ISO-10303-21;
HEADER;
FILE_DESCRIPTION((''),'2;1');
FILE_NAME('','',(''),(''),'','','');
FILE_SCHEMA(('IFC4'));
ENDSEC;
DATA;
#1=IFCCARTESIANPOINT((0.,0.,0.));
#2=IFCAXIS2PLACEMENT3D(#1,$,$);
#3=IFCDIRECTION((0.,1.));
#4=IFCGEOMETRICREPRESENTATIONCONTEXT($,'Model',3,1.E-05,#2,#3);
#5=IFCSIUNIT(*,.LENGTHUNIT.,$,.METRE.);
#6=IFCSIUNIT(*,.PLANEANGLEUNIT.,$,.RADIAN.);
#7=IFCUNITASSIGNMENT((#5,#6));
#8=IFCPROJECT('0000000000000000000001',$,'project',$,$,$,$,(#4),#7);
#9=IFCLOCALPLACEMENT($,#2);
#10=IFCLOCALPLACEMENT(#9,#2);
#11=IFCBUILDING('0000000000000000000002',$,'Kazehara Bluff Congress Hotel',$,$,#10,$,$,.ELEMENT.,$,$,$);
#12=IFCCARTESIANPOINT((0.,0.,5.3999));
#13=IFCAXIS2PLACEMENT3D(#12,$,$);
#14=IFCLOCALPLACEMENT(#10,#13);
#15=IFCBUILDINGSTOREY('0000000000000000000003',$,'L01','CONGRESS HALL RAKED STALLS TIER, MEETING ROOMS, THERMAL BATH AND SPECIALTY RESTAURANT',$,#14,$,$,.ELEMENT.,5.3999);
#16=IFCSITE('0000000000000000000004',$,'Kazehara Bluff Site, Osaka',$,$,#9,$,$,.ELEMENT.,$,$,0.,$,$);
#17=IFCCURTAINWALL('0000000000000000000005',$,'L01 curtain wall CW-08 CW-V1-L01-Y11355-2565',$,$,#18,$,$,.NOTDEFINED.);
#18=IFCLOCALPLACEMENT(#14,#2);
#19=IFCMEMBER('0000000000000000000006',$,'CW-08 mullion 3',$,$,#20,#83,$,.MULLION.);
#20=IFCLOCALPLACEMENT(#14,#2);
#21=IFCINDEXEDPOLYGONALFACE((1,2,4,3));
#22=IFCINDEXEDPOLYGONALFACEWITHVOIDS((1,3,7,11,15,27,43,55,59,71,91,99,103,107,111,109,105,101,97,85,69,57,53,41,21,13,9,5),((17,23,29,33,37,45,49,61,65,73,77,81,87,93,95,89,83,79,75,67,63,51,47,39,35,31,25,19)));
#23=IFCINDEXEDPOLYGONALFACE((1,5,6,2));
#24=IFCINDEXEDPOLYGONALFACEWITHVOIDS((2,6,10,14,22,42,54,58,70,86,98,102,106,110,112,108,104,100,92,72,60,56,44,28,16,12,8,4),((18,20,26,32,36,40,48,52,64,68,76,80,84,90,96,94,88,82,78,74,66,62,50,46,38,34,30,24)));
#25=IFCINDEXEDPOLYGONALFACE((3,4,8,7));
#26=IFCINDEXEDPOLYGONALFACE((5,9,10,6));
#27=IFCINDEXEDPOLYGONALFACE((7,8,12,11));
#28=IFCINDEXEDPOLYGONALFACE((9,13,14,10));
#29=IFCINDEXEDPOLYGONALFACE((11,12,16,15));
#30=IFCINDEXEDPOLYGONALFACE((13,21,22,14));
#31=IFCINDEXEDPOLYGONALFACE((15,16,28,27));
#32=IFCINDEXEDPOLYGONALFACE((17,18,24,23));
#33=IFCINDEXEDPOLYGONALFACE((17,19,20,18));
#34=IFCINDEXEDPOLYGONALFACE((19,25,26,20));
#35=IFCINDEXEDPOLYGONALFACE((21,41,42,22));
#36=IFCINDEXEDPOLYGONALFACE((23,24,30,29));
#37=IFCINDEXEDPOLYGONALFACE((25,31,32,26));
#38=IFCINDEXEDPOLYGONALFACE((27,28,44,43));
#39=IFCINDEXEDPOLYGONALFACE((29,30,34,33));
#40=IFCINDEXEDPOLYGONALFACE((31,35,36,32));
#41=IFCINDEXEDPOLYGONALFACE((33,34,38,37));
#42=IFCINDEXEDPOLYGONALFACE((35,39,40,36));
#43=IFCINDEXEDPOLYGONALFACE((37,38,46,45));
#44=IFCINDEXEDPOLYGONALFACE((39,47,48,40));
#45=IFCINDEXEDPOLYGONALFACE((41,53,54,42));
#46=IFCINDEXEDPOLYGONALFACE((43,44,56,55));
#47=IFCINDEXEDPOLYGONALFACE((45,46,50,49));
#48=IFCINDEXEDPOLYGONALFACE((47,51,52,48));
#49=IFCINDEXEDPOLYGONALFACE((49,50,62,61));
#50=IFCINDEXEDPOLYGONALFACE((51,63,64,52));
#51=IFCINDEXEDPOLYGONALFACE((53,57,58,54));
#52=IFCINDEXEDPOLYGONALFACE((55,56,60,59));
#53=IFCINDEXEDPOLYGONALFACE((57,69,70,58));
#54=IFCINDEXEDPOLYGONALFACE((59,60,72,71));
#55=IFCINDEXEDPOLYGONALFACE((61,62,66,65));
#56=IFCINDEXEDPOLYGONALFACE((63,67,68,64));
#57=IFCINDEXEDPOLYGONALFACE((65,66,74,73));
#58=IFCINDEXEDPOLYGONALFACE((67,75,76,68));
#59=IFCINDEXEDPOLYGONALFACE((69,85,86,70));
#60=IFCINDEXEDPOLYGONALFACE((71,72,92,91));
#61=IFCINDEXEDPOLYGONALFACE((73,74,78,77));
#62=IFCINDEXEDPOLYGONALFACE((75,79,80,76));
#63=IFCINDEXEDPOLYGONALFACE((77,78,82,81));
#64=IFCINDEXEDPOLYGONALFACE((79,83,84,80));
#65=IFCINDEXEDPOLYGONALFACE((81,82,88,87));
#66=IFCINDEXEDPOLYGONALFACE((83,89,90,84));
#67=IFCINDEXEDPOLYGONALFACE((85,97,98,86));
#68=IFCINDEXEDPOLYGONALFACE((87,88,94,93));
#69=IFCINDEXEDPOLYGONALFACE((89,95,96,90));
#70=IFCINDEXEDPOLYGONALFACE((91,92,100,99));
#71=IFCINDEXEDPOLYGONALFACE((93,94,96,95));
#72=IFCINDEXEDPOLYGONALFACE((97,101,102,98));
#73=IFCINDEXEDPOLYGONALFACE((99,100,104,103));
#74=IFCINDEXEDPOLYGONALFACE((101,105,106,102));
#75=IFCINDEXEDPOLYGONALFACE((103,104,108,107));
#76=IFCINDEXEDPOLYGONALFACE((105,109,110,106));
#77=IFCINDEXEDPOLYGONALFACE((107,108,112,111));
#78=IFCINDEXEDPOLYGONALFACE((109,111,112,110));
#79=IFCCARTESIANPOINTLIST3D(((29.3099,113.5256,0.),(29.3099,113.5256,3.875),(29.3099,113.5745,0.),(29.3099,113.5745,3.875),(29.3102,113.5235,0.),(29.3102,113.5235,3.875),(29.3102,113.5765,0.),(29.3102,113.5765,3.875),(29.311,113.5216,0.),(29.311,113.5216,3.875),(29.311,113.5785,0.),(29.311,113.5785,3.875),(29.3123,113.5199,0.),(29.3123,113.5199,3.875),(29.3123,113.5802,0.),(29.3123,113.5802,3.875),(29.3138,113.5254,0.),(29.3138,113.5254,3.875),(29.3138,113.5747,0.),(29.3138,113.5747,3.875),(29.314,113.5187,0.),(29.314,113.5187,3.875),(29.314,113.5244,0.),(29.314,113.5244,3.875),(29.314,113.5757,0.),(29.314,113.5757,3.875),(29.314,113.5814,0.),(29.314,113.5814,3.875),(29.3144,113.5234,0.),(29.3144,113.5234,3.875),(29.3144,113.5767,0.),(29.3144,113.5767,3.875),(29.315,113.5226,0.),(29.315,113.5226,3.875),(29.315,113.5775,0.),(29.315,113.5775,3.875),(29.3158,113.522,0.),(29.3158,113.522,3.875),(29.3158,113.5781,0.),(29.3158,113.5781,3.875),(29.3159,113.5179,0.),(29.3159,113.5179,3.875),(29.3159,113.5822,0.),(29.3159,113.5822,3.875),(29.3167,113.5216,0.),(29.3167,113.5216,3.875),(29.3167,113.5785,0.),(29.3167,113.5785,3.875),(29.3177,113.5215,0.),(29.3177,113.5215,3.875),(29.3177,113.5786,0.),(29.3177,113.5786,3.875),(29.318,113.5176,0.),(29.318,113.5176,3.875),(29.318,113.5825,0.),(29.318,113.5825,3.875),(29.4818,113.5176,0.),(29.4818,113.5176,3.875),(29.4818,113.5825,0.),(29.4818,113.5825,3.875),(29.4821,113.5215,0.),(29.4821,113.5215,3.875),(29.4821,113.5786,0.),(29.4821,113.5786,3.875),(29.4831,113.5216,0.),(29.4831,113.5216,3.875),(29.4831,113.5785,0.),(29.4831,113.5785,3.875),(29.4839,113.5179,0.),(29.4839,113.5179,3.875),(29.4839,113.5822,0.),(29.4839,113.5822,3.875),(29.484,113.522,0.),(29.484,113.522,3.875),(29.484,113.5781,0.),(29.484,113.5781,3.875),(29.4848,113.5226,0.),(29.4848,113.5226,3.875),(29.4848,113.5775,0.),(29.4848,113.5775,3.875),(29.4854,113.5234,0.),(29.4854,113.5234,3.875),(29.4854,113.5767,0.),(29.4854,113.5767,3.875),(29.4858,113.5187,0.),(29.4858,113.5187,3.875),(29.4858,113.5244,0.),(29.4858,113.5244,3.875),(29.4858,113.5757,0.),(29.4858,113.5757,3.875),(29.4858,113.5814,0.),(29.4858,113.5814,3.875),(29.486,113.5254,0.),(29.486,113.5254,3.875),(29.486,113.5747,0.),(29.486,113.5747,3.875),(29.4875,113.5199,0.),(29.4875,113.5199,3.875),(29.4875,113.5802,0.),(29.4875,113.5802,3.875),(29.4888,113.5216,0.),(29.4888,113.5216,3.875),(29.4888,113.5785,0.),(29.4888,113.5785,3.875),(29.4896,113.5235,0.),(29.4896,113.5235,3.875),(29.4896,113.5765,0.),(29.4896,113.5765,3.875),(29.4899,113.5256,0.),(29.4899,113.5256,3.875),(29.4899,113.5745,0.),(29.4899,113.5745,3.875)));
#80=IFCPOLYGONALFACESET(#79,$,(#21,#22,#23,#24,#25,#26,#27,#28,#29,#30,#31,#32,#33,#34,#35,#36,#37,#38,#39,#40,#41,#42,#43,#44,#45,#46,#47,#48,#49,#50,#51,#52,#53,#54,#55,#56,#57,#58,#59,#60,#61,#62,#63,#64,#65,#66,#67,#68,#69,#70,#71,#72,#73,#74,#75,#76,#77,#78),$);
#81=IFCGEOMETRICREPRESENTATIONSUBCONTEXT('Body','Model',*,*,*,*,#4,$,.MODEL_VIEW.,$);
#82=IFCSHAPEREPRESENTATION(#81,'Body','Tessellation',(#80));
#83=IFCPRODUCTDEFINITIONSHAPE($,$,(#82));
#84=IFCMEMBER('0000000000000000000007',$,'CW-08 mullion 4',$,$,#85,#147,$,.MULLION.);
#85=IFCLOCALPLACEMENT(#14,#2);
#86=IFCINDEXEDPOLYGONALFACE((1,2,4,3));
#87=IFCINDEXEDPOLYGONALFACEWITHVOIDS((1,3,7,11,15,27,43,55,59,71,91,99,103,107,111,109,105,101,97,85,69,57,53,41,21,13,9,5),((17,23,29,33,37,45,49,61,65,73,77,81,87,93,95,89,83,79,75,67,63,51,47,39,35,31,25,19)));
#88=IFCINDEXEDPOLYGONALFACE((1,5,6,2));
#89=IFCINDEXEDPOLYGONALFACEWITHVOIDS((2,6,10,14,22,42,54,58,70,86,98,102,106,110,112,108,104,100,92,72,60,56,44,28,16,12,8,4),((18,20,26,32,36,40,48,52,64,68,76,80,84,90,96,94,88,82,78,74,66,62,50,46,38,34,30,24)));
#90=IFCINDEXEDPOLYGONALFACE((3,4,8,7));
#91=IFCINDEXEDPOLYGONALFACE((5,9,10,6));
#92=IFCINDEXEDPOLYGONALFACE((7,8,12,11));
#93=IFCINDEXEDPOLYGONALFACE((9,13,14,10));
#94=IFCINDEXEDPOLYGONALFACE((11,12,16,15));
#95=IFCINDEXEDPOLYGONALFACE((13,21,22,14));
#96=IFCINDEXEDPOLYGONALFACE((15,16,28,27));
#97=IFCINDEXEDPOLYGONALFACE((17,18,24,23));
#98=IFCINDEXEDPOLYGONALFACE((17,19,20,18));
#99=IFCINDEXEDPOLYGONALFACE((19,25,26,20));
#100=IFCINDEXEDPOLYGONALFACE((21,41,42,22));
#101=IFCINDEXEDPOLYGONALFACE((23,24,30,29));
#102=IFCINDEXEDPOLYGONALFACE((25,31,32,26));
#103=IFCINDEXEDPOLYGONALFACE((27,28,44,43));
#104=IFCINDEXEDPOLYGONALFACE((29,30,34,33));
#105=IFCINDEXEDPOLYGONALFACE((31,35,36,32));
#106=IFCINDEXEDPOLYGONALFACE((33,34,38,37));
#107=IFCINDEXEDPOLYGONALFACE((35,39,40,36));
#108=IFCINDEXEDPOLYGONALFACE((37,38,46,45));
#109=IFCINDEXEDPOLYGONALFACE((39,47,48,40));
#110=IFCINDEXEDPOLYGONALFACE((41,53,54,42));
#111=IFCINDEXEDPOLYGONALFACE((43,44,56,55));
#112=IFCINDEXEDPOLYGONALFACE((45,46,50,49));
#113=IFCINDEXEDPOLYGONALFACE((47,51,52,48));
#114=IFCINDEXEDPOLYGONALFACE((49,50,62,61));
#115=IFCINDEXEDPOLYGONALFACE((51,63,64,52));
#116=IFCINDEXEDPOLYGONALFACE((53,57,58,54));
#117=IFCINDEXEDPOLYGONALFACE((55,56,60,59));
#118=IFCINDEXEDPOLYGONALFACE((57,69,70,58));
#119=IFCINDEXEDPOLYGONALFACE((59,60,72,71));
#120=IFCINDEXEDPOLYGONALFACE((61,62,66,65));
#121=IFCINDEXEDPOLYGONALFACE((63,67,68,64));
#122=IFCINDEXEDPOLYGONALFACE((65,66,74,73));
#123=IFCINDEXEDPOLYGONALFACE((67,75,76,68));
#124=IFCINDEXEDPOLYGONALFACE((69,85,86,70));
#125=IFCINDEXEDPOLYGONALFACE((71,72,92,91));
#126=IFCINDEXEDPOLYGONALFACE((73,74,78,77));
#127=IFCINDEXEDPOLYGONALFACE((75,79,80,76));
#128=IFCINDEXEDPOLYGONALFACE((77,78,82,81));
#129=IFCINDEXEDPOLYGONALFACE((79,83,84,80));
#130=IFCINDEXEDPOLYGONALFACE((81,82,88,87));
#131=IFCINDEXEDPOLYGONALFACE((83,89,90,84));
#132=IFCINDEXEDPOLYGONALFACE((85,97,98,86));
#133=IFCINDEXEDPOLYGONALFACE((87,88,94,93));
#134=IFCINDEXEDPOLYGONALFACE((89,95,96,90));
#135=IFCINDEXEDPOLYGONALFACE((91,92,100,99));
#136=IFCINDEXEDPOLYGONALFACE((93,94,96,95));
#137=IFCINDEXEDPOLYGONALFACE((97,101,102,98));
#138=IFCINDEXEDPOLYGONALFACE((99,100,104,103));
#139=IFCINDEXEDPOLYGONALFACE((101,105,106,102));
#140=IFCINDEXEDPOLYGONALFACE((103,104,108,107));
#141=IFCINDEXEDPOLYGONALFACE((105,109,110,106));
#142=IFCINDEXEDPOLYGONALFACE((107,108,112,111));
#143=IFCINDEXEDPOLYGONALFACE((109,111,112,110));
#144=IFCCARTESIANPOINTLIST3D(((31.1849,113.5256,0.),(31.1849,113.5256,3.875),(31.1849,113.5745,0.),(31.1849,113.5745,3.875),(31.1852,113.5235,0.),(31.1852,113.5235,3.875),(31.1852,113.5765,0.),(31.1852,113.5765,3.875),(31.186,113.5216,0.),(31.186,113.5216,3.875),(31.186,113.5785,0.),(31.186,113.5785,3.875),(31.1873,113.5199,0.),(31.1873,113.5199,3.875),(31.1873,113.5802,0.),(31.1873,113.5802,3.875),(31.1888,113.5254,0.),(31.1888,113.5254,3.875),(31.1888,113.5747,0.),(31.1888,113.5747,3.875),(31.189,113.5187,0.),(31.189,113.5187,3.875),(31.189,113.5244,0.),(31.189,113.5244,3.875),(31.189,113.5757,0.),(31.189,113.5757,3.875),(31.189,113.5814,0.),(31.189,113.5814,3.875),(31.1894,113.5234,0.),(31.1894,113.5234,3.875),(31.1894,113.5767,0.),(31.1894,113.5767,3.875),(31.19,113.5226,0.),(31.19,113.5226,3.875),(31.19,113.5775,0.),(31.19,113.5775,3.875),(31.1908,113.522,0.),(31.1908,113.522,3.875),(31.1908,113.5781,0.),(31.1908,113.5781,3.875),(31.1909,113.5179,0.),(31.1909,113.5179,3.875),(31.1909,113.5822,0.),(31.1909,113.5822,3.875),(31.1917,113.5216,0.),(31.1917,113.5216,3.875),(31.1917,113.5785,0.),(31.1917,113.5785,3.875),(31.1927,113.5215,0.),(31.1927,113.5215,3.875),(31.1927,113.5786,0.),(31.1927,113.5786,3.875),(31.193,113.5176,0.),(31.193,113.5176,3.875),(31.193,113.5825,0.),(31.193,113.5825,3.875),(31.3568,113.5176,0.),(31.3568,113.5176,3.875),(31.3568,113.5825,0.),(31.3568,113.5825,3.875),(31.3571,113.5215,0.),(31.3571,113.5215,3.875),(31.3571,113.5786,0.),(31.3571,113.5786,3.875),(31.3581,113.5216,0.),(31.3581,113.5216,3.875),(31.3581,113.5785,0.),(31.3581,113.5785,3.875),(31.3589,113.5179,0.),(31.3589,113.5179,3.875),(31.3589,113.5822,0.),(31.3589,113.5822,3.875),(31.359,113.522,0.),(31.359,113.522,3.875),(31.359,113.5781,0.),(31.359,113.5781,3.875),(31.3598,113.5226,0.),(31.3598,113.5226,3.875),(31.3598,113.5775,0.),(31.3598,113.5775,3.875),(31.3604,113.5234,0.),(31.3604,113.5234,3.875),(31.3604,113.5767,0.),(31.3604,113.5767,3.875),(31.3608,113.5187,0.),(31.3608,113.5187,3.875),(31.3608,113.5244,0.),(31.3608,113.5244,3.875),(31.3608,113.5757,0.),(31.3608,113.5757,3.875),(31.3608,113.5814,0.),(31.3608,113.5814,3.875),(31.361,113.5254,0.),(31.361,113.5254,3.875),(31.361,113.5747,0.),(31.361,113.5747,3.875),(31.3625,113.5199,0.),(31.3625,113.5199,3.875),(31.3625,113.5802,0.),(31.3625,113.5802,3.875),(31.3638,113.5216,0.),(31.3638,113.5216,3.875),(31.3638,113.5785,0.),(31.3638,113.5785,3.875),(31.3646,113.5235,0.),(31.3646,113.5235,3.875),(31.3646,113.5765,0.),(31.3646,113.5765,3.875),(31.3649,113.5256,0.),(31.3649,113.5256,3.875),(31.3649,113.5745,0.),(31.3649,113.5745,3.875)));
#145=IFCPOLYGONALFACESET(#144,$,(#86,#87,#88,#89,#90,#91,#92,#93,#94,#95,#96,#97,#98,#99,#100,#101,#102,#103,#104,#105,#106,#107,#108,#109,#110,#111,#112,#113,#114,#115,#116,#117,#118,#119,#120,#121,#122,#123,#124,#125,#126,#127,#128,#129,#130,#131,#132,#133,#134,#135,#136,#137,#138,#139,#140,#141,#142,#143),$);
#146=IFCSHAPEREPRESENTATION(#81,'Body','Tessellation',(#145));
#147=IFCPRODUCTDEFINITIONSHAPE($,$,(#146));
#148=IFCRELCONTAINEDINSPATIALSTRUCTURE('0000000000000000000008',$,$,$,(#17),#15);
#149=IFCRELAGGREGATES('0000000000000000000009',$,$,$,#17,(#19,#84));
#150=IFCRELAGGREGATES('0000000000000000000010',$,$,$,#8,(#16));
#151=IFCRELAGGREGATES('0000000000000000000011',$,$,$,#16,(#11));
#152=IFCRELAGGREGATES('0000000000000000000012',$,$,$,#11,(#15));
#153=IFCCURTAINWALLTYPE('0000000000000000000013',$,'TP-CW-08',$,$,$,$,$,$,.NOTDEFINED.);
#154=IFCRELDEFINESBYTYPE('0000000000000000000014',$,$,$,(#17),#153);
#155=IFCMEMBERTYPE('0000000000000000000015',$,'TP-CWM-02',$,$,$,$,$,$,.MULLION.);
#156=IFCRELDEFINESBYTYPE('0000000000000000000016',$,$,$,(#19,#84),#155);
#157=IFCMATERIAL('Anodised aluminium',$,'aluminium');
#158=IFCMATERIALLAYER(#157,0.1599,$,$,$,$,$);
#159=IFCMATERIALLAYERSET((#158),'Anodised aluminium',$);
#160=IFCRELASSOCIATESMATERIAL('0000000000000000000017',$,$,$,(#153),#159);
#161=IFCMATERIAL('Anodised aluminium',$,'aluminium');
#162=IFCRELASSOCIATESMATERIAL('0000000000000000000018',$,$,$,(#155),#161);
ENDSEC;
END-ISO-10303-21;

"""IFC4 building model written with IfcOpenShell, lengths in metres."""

from ifc_helpers import new_model, si_unit, direction, frame, origin, origin_2d, place, context, subcontext, project, spatial, hollow_rectangle, extrude, material, layer, layer_set, material_profile, profile_set, type_object, element, aggregate, save


model = new_model("IFC4")

# Units and contexts
model_context = context("Model", 3, precision=1e-05, world=origin(), true_north=direction((0.0, 1.0)))
body_context = subcontext(model_context, "Body", "Model", "MODEL_VIEW")
ifc_project = project(units=[si_unit("LENGTHUNIT", "METRE"), si_unit("PLANEANGLEUNIT", "RADIAN")], contexts=[model_context])

# Site, building, storey
site_placement = place(None, origin())
site = spatial("IfcSite", under=ifc_project, at=site_placement, Name="Kazehara Bluff Site, Osaka", CompositionType="ELEMENT", RefElevation=0.0)
building_placement = place(site_placement, origin())
building = spatial("IfcBuilding", under=site, at=building_placement, Name="Kazehara Bluff Congress Hotel", CompositionType="ELEMENT")
storey_placement = place(building_placement, frame((0.0, 0.0, 5.3999)))
storey = spatial("IfcBuildingStorey", under=building, at=storey_placement, Name="L01", Description="CONGRESS HALL RAKED STALLS TIER, MEETING ROOMS, THERMAL BATH AND SPECIALTY RESTAURANT", CompositionType="ELEMENT", Elevation=5.3999)

# Curtain wall, members
ifc_material_1 = material(Name="Anodised aluminium", Category="aluminium")
ifc_layer_1 = layer(ifc_material_1, 0.1599)
ifc_layer_set_1 = layer_set([ifc_layer_1], Name="Anodised aluminium")
curtain_wall_type = type_object("IfcCurtainWallType", Name="TP-CW-08", PredefinedType="NOTDEFINED", material=ifc_layer_set_1)
curtain_wall_1_placement = place(storey_placement, origin())
curtain_wall_1 = element("IfcCurtainWall", 1, at=curtain_wall_1_placement, inside=storey, type_object=curtain_wall_type, Name="L01 curtain wall CW-08 CW-V1-L01-Y11355-2565", PredefinedType="NOTDEFINED")
ifc_material_2 = material(Name="Anodised aluminium", Category="aluminium")
ifc_material_profile_1 = material_profile(ifc_material_2, hollow_rectangle(XDim=0.0649, YDim=0.1799, WallThickness=0.0039, InnerFilletRadius=0.0039, OuterFilletRadius=0.0081, at=origin_2d()))
ifc_profile_set_1 = profile_set([ifc_material_profile_1], Name="Anodised aluminium")
member_type_1 = type_object("IfcMemberType", Name="TP-CWM-02", PredefinedType="MULLION", material=ifc_profile_set_1)
member_1_placement = place(storey_placement, frame((29.3999, 113.55, 0.0), z_axis=(0.0, 0.0, 1.0), x_axis=(0.0, 1.0, 0.0)))
member_1 = element("IfcMember", 2, at=member_1_placement, type_object=member_type_1, Name="CW-08 mullion 3", PredefinedType="MULLION", context=body_context, shape_type="SweptSolid", body=[
    extrude(hollow_rectangle(XDim=0.0649, YDim=0.1799, WallThickness=0.0039, InnerFilletRadius=0.0039, OuterFilletRadius=0.0081, at=origin_2d()), origin(), (0.0, 0.0, 1.0), 3.875),
])
member_2_placement = place(storey_placement, frame((31.2749, 113.55, 0.0), z_axis=(0.0, 0.0, 1.0), x_axis=(0.0, 1.0, 0.0)))
member_2 = element("IfcMember", 3, at=member_2_placement, type_object=member_type_1, Name="CW-08 mullion 4", PredefinedType="MULLION", context=body_context, shape_type="SweptSolid", body=[
    extrude(hollow_rectangle(XDim=0.0649, YDim=0.1799, WallThickness=0.0039, InnerFilletRadius=0.0039, OuterFilletRadius=0.0081, at=origin_2d()), origin(), (0.0, 0.0, 1.0), 3.875),
])

aggregate(curtain_wall_1, [member_1, member_2])

save(model, "model.ifc")
